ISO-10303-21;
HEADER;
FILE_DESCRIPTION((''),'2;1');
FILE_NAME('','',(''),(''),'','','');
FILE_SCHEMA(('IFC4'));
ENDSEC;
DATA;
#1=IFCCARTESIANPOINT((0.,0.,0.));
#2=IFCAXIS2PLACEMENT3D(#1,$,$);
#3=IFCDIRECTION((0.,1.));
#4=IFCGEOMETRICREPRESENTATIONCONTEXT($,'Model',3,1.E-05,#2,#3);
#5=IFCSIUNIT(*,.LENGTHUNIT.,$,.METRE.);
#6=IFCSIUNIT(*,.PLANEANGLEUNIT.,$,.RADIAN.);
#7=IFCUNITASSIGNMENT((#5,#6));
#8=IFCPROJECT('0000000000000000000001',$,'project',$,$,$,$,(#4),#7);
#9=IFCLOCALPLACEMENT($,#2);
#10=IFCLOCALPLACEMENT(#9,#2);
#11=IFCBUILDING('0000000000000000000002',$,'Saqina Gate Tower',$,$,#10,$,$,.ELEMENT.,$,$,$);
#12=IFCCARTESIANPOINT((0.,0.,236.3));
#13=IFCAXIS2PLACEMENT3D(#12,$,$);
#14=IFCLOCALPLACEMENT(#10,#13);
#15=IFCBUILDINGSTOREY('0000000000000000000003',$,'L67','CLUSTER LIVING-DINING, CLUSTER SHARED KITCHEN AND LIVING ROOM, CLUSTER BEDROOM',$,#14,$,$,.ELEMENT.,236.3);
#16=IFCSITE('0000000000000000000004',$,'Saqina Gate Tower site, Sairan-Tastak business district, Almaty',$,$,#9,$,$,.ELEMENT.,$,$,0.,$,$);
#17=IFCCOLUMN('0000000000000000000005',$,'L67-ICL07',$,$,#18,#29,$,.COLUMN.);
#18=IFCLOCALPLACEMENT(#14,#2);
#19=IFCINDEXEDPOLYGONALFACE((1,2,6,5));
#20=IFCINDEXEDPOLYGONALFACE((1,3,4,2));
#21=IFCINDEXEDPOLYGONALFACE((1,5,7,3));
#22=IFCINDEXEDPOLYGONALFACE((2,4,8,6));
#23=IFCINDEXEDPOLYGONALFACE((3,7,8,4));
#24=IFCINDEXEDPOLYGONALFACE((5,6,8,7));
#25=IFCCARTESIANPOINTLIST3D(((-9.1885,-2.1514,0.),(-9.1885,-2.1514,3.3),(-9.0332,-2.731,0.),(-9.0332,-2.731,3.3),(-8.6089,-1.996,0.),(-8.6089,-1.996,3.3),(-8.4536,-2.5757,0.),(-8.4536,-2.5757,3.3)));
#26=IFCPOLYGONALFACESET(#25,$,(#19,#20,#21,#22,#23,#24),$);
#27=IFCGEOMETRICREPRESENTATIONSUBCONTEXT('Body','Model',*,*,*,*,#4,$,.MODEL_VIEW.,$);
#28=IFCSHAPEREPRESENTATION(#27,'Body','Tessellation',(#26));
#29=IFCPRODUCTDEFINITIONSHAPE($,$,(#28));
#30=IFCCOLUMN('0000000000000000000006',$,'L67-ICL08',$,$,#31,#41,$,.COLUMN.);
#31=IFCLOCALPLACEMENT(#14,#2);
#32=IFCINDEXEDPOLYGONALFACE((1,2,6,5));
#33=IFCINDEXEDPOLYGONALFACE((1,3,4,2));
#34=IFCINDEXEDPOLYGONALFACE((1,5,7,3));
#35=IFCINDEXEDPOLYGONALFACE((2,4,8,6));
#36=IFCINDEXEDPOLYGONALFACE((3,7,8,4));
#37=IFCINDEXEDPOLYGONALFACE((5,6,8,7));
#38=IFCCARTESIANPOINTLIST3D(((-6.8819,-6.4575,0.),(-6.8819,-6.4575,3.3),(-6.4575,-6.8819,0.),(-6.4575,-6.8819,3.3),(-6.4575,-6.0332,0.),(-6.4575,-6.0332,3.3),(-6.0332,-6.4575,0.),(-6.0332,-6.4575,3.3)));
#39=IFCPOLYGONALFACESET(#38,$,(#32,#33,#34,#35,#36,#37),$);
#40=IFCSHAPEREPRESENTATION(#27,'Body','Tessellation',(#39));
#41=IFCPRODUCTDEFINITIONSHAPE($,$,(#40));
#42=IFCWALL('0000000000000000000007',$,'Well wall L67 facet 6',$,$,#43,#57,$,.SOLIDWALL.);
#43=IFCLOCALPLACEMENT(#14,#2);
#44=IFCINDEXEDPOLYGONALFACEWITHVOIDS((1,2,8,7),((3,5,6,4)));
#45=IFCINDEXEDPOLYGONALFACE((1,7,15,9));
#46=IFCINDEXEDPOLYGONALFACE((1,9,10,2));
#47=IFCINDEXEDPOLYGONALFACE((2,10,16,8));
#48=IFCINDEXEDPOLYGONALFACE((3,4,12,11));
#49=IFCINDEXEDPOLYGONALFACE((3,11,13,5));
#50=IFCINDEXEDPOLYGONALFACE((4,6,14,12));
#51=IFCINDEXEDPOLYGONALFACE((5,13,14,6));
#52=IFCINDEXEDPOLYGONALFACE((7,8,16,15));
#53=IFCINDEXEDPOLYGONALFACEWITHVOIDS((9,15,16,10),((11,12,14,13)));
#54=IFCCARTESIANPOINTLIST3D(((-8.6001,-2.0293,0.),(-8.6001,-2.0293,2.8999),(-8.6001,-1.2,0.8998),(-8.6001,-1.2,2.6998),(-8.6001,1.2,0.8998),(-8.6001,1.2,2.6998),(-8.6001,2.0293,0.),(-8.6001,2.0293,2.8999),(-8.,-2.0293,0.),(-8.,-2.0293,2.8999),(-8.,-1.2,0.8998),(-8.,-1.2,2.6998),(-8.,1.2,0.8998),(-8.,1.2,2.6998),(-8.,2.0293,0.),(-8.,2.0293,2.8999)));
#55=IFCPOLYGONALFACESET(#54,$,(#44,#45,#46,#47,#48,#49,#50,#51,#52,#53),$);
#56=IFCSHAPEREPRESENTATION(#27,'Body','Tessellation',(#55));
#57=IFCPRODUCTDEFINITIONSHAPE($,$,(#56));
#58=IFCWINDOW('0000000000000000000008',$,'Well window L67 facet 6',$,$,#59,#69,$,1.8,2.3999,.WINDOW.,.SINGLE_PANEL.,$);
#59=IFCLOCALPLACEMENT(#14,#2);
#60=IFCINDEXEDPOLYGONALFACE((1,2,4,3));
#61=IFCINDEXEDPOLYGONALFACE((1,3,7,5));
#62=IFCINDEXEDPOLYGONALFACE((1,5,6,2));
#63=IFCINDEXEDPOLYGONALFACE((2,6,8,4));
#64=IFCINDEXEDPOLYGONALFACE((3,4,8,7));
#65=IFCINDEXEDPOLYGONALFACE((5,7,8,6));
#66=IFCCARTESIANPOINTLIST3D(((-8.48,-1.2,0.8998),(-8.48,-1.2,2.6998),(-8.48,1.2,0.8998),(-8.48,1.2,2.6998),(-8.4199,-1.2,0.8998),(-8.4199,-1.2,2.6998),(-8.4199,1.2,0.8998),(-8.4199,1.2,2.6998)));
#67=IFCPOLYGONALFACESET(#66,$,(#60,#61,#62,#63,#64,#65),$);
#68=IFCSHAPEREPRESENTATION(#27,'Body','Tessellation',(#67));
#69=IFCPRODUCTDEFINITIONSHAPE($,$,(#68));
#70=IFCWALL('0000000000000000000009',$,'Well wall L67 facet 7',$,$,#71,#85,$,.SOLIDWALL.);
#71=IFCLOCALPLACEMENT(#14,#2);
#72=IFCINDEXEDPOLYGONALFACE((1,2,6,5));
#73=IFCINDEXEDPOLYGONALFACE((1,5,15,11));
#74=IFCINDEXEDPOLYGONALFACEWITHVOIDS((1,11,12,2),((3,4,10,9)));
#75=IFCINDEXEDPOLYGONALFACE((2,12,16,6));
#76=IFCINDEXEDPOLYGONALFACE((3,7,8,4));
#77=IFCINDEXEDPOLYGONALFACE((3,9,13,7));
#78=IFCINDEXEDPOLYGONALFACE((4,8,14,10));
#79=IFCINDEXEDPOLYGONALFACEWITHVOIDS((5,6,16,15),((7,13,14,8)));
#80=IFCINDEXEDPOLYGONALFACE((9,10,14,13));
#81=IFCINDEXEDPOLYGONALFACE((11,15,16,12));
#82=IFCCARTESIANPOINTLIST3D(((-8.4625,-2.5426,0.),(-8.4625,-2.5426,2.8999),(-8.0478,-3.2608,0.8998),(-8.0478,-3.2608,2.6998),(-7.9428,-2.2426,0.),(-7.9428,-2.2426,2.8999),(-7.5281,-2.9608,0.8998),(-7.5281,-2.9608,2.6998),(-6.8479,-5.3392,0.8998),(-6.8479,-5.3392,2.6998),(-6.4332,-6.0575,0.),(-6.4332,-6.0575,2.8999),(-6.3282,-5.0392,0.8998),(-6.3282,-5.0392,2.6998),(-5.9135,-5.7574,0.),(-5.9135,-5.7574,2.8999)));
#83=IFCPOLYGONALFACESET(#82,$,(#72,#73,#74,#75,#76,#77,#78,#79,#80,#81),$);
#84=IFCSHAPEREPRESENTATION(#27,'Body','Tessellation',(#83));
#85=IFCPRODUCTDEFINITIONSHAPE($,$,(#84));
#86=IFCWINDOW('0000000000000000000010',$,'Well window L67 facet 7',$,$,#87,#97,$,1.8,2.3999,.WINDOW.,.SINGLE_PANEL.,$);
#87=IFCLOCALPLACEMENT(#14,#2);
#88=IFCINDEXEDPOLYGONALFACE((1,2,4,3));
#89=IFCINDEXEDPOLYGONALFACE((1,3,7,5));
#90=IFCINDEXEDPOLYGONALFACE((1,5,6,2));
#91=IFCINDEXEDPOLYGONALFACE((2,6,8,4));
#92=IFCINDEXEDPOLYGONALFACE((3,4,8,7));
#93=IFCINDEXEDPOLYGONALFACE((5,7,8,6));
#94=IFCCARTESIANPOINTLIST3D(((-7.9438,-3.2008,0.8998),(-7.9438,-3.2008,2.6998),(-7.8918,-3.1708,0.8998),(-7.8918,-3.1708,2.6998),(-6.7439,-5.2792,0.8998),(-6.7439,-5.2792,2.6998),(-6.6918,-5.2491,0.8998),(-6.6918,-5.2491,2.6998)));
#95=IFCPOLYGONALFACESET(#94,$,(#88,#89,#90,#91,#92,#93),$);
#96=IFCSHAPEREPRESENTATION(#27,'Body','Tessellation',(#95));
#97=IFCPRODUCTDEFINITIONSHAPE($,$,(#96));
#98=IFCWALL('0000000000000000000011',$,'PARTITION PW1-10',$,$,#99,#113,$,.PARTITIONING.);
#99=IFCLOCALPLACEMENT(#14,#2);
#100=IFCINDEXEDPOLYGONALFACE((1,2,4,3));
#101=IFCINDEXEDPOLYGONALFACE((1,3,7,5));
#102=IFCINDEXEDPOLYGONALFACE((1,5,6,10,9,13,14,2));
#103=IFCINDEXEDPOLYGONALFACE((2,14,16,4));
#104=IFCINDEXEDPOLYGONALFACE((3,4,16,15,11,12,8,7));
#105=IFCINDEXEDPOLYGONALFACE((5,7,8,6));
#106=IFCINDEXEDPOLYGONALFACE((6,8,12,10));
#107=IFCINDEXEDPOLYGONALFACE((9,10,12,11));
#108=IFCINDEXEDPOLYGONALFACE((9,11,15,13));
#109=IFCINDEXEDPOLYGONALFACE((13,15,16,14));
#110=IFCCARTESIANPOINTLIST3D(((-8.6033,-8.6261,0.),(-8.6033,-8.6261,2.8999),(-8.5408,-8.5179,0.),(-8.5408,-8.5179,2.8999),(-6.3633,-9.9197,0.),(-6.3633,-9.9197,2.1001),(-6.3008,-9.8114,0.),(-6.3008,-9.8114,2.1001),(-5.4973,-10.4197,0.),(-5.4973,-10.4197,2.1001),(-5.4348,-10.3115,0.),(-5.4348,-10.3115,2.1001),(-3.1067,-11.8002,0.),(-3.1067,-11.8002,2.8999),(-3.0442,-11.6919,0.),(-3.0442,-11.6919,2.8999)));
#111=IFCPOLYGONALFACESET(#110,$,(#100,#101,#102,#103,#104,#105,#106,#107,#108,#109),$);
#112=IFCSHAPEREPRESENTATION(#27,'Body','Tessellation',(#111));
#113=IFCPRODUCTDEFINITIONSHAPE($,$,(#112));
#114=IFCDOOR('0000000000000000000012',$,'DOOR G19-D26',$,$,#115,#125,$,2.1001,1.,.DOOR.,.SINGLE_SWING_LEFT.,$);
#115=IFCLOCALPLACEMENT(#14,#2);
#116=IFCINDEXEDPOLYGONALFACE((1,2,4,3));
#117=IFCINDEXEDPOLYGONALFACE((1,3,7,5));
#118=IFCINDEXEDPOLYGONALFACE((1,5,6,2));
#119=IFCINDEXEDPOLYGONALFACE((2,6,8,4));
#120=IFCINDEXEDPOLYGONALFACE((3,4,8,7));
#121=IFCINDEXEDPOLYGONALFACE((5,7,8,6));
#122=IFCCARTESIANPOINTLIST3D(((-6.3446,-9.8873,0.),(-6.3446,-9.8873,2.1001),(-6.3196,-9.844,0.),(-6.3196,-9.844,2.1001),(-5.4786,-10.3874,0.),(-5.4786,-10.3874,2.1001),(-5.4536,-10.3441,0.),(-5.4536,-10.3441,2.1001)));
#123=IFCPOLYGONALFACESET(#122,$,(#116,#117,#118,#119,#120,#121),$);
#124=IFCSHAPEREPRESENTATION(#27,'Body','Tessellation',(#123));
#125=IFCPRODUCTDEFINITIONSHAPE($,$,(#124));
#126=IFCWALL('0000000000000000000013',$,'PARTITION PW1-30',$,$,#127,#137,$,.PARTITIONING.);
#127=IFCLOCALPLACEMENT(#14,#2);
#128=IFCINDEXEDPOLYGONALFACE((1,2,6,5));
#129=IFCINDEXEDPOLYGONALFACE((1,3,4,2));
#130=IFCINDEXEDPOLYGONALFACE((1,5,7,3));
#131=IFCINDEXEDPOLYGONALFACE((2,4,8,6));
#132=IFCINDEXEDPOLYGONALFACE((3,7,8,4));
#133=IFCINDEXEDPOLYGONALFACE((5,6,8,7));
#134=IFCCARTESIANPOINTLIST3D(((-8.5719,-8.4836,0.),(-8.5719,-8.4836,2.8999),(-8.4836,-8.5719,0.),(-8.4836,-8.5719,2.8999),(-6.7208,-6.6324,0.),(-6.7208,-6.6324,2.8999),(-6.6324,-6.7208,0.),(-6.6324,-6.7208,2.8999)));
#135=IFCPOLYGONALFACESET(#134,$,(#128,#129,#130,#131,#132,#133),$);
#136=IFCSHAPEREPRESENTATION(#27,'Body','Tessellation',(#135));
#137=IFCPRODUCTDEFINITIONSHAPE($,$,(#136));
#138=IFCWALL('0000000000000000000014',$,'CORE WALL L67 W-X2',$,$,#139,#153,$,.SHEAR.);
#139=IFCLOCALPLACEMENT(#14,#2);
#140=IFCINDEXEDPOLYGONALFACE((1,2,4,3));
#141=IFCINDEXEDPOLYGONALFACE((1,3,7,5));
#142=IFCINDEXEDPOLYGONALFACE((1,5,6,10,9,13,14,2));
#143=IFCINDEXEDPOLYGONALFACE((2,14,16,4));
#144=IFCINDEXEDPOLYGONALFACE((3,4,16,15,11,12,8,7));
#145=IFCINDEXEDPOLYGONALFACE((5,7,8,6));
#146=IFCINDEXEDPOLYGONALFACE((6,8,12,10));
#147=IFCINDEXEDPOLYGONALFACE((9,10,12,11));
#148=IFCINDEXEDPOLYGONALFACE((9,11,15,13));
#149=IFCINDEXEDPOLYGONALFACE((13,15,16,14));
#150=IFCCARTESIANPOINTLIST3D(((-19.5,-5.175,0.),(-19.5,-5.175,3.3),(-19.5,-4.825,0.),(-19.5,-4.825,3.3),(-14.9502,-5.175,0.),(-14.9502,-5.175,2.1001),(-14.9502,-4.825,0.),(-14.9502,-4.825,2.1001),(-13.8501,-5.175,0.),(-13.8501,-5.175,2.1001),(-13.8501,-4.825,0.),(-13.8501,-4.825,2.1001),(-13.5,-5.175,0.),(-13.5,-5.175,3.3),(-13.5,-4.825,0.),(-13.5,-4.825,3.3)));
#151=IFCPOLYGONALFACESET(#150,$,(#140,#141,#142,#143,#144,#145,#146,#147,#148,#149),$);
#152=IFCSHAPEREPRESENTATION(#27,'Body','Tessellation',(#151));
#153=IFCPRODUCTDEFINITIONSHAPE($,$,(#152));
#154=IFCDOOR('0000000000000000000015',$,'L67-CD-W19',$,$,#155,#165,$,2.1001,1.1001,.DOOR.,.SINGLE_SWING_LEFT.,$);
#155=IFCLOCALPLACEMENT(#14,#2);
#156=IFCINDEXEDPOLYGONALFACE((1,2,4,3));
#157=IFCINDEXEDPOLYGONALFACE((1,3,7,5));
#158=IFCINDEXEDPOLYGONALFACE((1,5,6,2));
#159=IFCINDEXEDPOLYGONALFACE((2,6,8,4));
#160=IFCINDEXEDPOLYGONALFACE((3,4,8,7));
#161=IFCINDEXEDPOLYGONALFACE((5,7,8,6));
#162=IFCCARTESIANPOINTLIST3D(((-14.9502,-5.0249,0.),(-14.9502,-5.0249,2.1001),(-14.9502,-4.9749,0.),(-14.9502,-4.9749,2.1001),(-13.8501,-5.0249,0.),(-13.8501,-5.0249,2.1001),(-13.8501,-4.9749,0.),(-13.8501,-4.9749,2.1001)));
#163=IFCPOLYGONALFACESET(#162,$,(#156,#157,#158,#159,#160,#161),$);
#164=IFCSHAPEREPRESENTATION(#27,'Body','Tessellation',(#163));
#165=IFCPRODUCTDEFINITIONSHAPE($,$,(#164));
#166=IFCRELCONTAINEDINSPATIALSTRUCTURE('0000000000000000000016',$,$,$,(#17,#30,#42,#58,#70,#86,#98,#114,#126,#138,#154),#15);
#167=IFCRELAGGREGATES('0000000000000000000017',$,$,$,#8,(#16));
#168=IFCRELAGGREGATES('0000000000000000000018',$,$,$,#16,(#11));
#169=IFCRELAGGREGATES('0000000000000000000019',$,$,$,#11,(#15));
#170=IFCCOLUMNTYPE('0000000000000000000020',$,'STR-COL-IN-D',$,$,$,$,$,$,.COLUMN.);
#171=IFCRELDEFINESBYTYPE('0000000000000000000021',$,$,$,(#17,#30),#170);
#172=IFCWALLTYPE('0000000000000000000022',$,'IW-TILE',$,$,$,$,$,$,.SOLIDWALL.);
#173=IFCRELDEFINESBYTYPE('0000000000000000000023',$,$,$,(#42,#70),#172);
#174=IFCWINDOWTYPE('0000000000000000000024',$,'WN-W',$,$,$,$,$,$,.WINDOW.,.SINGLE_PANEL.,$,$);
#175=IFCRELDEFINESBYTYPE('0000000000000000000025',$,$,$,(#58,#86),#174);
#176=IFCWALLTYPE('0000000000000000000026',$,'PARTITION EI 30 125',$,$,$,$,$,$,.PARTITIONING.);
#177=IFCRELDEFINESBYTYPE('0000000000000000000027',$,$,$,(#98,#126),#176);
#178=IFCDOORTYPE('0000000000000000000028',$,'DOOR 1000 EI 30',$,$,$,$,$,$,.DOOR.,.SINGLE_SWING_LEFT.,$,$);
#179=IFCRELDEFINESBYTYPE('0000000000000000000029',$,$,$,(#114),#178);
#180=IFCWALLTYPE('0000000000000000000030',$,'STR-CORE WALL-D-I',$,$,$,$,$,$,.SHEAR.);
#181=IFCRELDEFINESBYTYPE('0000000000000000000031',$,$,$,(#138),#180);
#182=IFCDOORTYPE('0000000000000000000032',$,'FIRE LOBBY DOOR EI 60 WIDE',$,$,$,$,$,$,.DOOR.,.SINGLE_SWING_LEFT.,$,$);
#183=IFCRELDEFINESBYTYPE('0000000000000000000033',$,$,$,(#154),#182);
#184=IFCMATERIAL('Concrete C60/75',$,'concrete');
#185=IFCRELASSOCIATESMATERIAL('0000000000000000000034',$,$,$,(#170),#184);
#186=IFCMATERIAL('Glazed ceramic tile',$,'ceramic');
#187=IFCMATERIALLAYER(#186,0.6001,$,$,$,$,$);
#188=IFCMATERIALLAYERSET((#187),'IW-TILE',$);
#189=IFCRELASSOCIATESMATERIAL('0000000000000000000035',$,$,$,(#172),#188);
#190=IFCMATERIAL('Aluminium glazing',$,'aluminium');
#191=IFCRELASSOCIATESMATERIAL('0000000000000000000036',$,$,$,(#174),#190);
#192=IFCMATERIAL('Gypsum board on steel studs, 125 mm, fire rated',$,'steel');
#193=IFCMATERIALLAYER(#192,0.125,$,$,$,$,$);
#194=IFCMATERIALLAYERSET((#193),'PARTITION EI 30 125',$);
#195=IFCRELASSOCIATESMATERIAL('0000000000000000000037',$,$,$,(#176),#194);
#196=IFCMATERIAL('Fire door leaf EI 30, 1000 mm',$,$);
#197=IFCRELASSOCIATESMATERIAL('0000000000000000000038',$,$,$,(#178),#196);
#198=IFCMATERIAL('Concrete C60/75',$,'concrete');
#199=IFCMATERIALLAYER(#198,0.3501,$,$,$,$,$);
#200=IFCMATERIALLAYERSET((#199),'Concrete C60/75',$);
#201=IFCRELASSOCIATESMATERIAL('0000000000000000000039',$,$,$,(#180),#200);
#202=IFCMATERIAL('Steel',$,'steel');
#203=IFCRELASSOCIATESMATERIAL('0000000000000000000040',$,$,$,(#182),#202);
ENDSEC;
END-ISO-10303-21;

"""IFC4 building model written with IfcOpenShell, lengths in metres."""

from ifc_helpers import new_model, si_unit, direction, frame, frame_2d, origin, origin_2d, place, context, subcontext, project, spatial, rectangle, extrude, material, layer, layer_set, material_profile, profile_set, type_object, element, fill, save


model = new_model("IFC4")

# Units and contexts
model_context = context("Model", 3, precision=1e-05, world=origin(), true_north=direction((0.0, 1.0)))
body_context = subcontext(model_context, "Body", "Model", "MODEL_VIEW")
ifc_project = project(units=[si_unit("LENGTHUNIT", "METRE"), si_unit("PLANEANGLEUNIT", "RADIAN")], contexts=[model_context])

# Site, building, storey
site_placement = place(None, origin())
site = spatial("IfcSite", under=ifc_project, at=site_placement, Name="Saqina Gate Tower site, Sairan-Tastak business district, Almaty", CompositionType="ELEMENT", RefElevation=0.0)
building_placement = place(site_placement, origin())
building = spatial("IfcBuilding", under=site, at=building_placement, Name="Saqina Gate Tower", CompositionType="ELEMENT")
storey_placement = place(building_placement, frame((0.0, 0.0, 236.3)))
storey = spatial("IfcBuildingStorey", under=building, at=storey_placement, Name="L67", Description="CLUSTER LIVING-DINING, CLUSTER SHARED KITCHEN AND LIVING ROOM, CLUSTER BEDROOM", CompositionType="ELEMENT", Elevation=236.3)

# Columns
ifc_material_1 = material(Name="Concrete C60/75", Category="concrete")
ifc_material_profile = material_profile(ifc_material_1, rectangle(XDim=0.6001, YDim=0.6001, at=origin_2d()), Name="RC 600x600")
ifc_profile_set = profile_set([ifc_material_profile], Name="Concrete C60/75")
column_type = type_object("IfcColumnType", Name="STR-COL-IN-D", PredefinedType="COLUMN", material=ifc_profile_set)
for number, where, z_axis, x_axis, name in (
    (1, (-8.821, -2.3635, 0.0), (0.0, 0.0, 1.0), (-0.965926, -0.258819, 0.0), "L67-ICL07"),
    (2, (-6.4575, -6.4575, 0.0), (0.0, 0.0, 1.0), (-0.707107, -0.707107, 0.0), "L67-ICL08"),
):
    element("IfcColumn", number, at=place(storey_placement, frame(where, z_axis=z_axis, x_axis=x_axis)), inside=storey, type_object=column_type, Name=name, PredefinedType="COLUMN", context=body_context, shape_type="SweptSolid", body=[
        extrude(rectangle(XDim=0.6001, YDim=0.6001, at=origin_2d()), origin(), (0.0, 0.0, 1.0), 3.3),
    ])

# Walls, openings, windows
ifc_material_2 = material(Name="Glazed ceramic tile", Category="ceramic")
ifc_layer_1 = layer(ifc_material_2, 0.6001)
ifc_layer_set_1 = layer_set([ifc_layer_1], Name="IW-TILE")
wall_type_1 = type_object("IfcWallType", Name="IW-TILE", PredefinedType="SOLIDWALL", material=ifc_layer_set_1)
wall_1_placement = place(storey_placement, frame((-8.3, 2.0293, 0.0), z_axis=(0.0, 0.0, 1.0), x_axis=(0.0, -1.0, 0.0)))
wall_1 = element("IfcWall", 3, at=wall_1_placement, inside=storey, type_object=wall_type_1, Name="Well wall L67 facet 6", PredefinedType="SOLIDWALL", context=body_context, shape_type="SweptSolid", body=[
    extrude(rectangle(XDim=4.0586, YDim=0.6001, at=frame_2d((2.0293, 0.0))), origin(), (0.0, 0.0, 1.0), 2.8999),
])
opening_1_placement = place(wall_1_placement, frame((0.8293, 0.0, 0.8999)))
opening_1 = element("IfcOpeningElement", 4, at=opening_1_placement, cuts=wall_1, PredefinedType="OPENING", context=body_context, shape_type="SweptSolid", body=[
    extrude(rectangle(XDim=2.3999, YDim=1.8, at=frame_2d((1.2, 0.8999))), frame((0.0, 0.312, 0.0), z_axis=(0.0, -1.0, 0.0), x_axis=(1.0, 0.0, 0.0)), (0.0, 0.0, 1.0), 0.624),
])
ifc_material_3 = material(Name="Aluminium glazing", Category="aluminium")
window_type = type_object("IfcWindowType", Name="WN-W", PartitioningType="SINGLE_PANEL", PredefinedType="WINDOW", material=ifc_material_3)
window_1_placement = place(opening_1_placement, origin())
window_1 = element("IfcWindow", 5, at=window_1_placement, inside=storey, type_object=window_type, Name="Well window L67 facet 6", OverallHeight=1.8, OverallWidth=2.3999, PartitioningType="SINGLE_PANEL", PredefinedType="WINDOW", context=body_context, shape_type="SweptSolid", body=[
    extrude(rectangle(XDim=2.3999, YDim=1.8, at=frame_2d((1.2, 0.8999))), frame((0.0, -0.1199, 0.0), z_axis=(0.0, -1.0, 0.0), x_axis=(1.0, 0.0, 0.0)), (0.0, 0.0, 1.0), 0.0601),
])
fill(opening_1, window_1)
wall_2_placement = place(storey_placement, frame((-8.2026, -2.3926, 0.0), z_axis=(0.0, 0.0, 1.0), x_axis=(0.499995, -0.866028, 0.0)))
wall_2 = element("IfcWall", 6, at=wall_2_placement, inside=storey, type_object=wall_type_1, Name="Well wall L67 facet 7", PredefinedType="SOLIDWALL", context=body_context, shape_type="SweptSolid", body=[
    extrude(rectangle(XDim=4.0586, YDim=0.6001, at=frame_2d((2.0293, 0.0))), origin(), (0.0, 0.0, 1.0), 2.8999),
])
opening_2_placement = place(wall_2_placement, frame((0.8293, 0.0, 0.8999)))
opening_2 = element("IfcOpeningElement", 7, at=opening_2_placement, cuts=wall_2, PredefinedType="OPENING", context=body_context, shape_type="SweptSolid", body=[
    extrude(rectangle(XDim=2.3999, YDim=1.8, at=frame_2d((1.2, 0.8999))), frame((0.0, 0.312, 0.0), z_axis=(0.0, -1.0, 0.0), x_axis=(1.0, 0.0, 0.0)), (0.0, 0.0, 1.0), 0.624),
])
window_2_placement = place(opening_2_placement, origin())
window_2 = element("IfcWindow", 8, at=window_2_placement, inside=storey, type_object=window_type, Name="Well window L67 facet 7", OverallHeight=1.8, OverallWidth=2.3999, PartitioningType="SINGLE_PANEL", PredefinedType="WINDOW", context=body_context, shape_type="SweptSolid", body=[
    extrude(rectangle(XDim=2.3999, YDim=1.8, at=frame_2d((1.2, 0.8999))), frame((0.0, -0.1199, 0.0), z_axis=(0.0, -1.0, 0.0), x_axis=(1.0, 0.0, 0.0)), (0.0, 0.0, 1.0), 0.0601),
])
fill(opening_2, window_2)

# Wall, opening, door
ifc_material_4 = material(Name="Gypsum board on steel studs, 125 mm, fire rated", Category="steel")
ifc_layer_2 = layer(ifc_material_4, 0.125)
ifc_layer_set_2 = layer_set([ifc_layer_2], Name="PARTITION EI 30 125")
wall_type_2 = type_object("IfcWallType", Name="PARTITION EI 30 125", PredefinedType="PARTITIONING", material=ifc_layer_set_2)
wall_3_placement = place(storey_placement, frame((-8.572, -8.572, 0.0), z_axis=(0.0, 0.0, 1.0), x_axis=(0.865983, -0.500073, 0.0)))
wall_3 = element("IfcWall", 9, at=wall_3_placement, inside=storey, type_object=wall_type_2, Name="PARTITION PW1-10", PredefinedType="PARTITIONING", context=body_context, shape_type="SweptSolid", body=[
    extrude(rectangle(XDim=6.3472, YDim=0.125, at=frame_2d((3.1736, 0.0))), origin(), (0.0, 0.0, 1.0), 2.8999),
])
opening_3_placement = place(wall_3_placement, frame((2.5867, 0.0, 0.0)))
opening_3 = element("IfcOpeningElement", 10, at=opening_3_placement, cuts=wall_3, PredefinedType="OPENING", context=body_context, shape_type="SweptSolid", body=[
    extrude(rectangle(XDim=1.0, YDim=2.1001, at=frame_2d((0.5, 1.05))), frame((0.0, 0.0745, 0.0), z_axis=(0.0, -1.0, 0.0), x_axis=(1.0, 0.0, 0.0)), (0.0, 0.0, 1.0), 0.1489),
])
ifc_material_5 = material(Name="Fire door leaf EI 30, 1000 mm")
door_type_1 = type_object("IfcDoorType", Name="DOOR 1000 EI 30", OperationType="SINGLE_SWING_LEFT", PredefinedType="DOOR", material=ifc_material_5)
door_1_placement = place(opening_3_placement, origin())
door_1 = element("IfcDoor", 11, at=door_1_placement, inside=storey, type_object=door_type_1, Name="DOOR G19-D26", OperationType="SINGLE_SWING_LEFT", OverallHeight=2.1001, OverallWidth=1.0, PredefinedType="DOOR", context=body_context, shape_type="SweptSolid", body=[
    extrude(rectangle(XDim=1.0, YDim=2.1001, at=frame_2d((0.5, 1.05))), frame((0.0, 0.0249, 0.0), z_axis=(0.0, -1.0, 0.0), x_axis=(1.0, 0.0, 0.0)), (0.0, 0.0, 1.0), 0.05),
])
fill(opening_3, door_1)

# Wall
wall_4_placement = place(storey_placement, frame((-8.5278, -8.5278, 0.0), z_axis=(0.0, 0.0, 1.0), x_axis=(0.707107, 0.707107, 0.0)))
element("IfcWall", 12, at=wall_4_placement, inside=storey, type_object=wall_type_2, Name="PARTITION PW1-30", PredefinedType="PARTITIONING", context=body_context, shape_type="SweptSolid", body=[
    extrude(rectangle(XDim=2.6179, YDim=0.125, at=frame_2d((1.3091, 0.0))), origin(), (0.0, 0.0, 1.0), 2.8999),
])

# Wall, opening, door
ifc_material_6 = material(Name="Concrete C60/75", Category="concrete")
ifc_layer_3 = layer(ifc_material_6, 0.3501)
ifc_layer_set_3 = layer_set([ifc_layer_3], Name="Concrete C60/75")
wall_type_3 = type_object("IfcWallType", Name="STR-CORE WALL-D-I", PredefinedType="SHEAR", material=ifc_layer_set_3)
wall_5_placement = place(storey_placement, frame((-13.5, -5.0, 0.0), z_axis=(0.0, 0.0, 1.0), x_axis=(-1.0, 0.0, 0.0)))
wall_5 = element("IfcWall", 13, at=wall_5_placement, inside=storey, type_object=wall_type_3, Name="CORE WALL L67 W-X2", PredefinedType="SHEAR", context=body_context, shape_type="SweptSolid", body=[
    extrude(rectangle(XDim=6.0, YDim=0.3501, at=frame_2d((3.0, 0.0))), origin(), (0.0, 0.0, 1.0), 3.3),
])
opening_4_placement = place(wall_5_placement, frame((0.3501, 0.0, 0.0)))
opening_4 = element("IfcOpeningElement", 14, at=opening_4_placement, cuts=wall_5, PredefinedType="OPENING", context=body_context, shape_type="SweptSolid", body=[
    extrude(rectangle(XDim=1.1001, YDim=2.1001, at=frame_2d((0.55, 1.05))), frame((0.0, 0.187, 0.0), z_axis=(0.0, -1.0, 0.0), x_axis=(1.0, 0.0, 0.0)), (0.0, 0.0, 1.0), 0.374),
])
ifc_material_7 = material(Name="Steel", Category="steel")
door_type_2 = type_object("IfcDoorType", Name="FIRE LOBBY DOOR EI 60 WIDE", OperationType="SINGLE_SWING_LEFT", PredefinedType="DOOR", material=ifc_material_7)
door_2_placement = place(opening_4_placement, origin())
door_2 = element("IfcDoor", 15, at=door_2_placement, inside=storey, type_object=door_type_2, Name="L67-CD-W19", OperationType="SINGLE_SWING_LEFT", OverallHeight=2.1001, OverallWidth=1.1001, PredefinedType="DOOR", context=body_context, shape_type="SweptSolid", body=[
    extrude(rectangle(XDim=1.1001, YDim=2.1001, at=frame_2d((0.55, 1.05))), frame((0.0, 0.0249, 0.0), z_axis=(0.0, -1.0, 0.0), x_axis=(1.0, 0.0, 0.0)), (0.0, 0.0, 1.0), 0.05),
])
fill(opening_4, door_2)

save(model, "model.ifc")
